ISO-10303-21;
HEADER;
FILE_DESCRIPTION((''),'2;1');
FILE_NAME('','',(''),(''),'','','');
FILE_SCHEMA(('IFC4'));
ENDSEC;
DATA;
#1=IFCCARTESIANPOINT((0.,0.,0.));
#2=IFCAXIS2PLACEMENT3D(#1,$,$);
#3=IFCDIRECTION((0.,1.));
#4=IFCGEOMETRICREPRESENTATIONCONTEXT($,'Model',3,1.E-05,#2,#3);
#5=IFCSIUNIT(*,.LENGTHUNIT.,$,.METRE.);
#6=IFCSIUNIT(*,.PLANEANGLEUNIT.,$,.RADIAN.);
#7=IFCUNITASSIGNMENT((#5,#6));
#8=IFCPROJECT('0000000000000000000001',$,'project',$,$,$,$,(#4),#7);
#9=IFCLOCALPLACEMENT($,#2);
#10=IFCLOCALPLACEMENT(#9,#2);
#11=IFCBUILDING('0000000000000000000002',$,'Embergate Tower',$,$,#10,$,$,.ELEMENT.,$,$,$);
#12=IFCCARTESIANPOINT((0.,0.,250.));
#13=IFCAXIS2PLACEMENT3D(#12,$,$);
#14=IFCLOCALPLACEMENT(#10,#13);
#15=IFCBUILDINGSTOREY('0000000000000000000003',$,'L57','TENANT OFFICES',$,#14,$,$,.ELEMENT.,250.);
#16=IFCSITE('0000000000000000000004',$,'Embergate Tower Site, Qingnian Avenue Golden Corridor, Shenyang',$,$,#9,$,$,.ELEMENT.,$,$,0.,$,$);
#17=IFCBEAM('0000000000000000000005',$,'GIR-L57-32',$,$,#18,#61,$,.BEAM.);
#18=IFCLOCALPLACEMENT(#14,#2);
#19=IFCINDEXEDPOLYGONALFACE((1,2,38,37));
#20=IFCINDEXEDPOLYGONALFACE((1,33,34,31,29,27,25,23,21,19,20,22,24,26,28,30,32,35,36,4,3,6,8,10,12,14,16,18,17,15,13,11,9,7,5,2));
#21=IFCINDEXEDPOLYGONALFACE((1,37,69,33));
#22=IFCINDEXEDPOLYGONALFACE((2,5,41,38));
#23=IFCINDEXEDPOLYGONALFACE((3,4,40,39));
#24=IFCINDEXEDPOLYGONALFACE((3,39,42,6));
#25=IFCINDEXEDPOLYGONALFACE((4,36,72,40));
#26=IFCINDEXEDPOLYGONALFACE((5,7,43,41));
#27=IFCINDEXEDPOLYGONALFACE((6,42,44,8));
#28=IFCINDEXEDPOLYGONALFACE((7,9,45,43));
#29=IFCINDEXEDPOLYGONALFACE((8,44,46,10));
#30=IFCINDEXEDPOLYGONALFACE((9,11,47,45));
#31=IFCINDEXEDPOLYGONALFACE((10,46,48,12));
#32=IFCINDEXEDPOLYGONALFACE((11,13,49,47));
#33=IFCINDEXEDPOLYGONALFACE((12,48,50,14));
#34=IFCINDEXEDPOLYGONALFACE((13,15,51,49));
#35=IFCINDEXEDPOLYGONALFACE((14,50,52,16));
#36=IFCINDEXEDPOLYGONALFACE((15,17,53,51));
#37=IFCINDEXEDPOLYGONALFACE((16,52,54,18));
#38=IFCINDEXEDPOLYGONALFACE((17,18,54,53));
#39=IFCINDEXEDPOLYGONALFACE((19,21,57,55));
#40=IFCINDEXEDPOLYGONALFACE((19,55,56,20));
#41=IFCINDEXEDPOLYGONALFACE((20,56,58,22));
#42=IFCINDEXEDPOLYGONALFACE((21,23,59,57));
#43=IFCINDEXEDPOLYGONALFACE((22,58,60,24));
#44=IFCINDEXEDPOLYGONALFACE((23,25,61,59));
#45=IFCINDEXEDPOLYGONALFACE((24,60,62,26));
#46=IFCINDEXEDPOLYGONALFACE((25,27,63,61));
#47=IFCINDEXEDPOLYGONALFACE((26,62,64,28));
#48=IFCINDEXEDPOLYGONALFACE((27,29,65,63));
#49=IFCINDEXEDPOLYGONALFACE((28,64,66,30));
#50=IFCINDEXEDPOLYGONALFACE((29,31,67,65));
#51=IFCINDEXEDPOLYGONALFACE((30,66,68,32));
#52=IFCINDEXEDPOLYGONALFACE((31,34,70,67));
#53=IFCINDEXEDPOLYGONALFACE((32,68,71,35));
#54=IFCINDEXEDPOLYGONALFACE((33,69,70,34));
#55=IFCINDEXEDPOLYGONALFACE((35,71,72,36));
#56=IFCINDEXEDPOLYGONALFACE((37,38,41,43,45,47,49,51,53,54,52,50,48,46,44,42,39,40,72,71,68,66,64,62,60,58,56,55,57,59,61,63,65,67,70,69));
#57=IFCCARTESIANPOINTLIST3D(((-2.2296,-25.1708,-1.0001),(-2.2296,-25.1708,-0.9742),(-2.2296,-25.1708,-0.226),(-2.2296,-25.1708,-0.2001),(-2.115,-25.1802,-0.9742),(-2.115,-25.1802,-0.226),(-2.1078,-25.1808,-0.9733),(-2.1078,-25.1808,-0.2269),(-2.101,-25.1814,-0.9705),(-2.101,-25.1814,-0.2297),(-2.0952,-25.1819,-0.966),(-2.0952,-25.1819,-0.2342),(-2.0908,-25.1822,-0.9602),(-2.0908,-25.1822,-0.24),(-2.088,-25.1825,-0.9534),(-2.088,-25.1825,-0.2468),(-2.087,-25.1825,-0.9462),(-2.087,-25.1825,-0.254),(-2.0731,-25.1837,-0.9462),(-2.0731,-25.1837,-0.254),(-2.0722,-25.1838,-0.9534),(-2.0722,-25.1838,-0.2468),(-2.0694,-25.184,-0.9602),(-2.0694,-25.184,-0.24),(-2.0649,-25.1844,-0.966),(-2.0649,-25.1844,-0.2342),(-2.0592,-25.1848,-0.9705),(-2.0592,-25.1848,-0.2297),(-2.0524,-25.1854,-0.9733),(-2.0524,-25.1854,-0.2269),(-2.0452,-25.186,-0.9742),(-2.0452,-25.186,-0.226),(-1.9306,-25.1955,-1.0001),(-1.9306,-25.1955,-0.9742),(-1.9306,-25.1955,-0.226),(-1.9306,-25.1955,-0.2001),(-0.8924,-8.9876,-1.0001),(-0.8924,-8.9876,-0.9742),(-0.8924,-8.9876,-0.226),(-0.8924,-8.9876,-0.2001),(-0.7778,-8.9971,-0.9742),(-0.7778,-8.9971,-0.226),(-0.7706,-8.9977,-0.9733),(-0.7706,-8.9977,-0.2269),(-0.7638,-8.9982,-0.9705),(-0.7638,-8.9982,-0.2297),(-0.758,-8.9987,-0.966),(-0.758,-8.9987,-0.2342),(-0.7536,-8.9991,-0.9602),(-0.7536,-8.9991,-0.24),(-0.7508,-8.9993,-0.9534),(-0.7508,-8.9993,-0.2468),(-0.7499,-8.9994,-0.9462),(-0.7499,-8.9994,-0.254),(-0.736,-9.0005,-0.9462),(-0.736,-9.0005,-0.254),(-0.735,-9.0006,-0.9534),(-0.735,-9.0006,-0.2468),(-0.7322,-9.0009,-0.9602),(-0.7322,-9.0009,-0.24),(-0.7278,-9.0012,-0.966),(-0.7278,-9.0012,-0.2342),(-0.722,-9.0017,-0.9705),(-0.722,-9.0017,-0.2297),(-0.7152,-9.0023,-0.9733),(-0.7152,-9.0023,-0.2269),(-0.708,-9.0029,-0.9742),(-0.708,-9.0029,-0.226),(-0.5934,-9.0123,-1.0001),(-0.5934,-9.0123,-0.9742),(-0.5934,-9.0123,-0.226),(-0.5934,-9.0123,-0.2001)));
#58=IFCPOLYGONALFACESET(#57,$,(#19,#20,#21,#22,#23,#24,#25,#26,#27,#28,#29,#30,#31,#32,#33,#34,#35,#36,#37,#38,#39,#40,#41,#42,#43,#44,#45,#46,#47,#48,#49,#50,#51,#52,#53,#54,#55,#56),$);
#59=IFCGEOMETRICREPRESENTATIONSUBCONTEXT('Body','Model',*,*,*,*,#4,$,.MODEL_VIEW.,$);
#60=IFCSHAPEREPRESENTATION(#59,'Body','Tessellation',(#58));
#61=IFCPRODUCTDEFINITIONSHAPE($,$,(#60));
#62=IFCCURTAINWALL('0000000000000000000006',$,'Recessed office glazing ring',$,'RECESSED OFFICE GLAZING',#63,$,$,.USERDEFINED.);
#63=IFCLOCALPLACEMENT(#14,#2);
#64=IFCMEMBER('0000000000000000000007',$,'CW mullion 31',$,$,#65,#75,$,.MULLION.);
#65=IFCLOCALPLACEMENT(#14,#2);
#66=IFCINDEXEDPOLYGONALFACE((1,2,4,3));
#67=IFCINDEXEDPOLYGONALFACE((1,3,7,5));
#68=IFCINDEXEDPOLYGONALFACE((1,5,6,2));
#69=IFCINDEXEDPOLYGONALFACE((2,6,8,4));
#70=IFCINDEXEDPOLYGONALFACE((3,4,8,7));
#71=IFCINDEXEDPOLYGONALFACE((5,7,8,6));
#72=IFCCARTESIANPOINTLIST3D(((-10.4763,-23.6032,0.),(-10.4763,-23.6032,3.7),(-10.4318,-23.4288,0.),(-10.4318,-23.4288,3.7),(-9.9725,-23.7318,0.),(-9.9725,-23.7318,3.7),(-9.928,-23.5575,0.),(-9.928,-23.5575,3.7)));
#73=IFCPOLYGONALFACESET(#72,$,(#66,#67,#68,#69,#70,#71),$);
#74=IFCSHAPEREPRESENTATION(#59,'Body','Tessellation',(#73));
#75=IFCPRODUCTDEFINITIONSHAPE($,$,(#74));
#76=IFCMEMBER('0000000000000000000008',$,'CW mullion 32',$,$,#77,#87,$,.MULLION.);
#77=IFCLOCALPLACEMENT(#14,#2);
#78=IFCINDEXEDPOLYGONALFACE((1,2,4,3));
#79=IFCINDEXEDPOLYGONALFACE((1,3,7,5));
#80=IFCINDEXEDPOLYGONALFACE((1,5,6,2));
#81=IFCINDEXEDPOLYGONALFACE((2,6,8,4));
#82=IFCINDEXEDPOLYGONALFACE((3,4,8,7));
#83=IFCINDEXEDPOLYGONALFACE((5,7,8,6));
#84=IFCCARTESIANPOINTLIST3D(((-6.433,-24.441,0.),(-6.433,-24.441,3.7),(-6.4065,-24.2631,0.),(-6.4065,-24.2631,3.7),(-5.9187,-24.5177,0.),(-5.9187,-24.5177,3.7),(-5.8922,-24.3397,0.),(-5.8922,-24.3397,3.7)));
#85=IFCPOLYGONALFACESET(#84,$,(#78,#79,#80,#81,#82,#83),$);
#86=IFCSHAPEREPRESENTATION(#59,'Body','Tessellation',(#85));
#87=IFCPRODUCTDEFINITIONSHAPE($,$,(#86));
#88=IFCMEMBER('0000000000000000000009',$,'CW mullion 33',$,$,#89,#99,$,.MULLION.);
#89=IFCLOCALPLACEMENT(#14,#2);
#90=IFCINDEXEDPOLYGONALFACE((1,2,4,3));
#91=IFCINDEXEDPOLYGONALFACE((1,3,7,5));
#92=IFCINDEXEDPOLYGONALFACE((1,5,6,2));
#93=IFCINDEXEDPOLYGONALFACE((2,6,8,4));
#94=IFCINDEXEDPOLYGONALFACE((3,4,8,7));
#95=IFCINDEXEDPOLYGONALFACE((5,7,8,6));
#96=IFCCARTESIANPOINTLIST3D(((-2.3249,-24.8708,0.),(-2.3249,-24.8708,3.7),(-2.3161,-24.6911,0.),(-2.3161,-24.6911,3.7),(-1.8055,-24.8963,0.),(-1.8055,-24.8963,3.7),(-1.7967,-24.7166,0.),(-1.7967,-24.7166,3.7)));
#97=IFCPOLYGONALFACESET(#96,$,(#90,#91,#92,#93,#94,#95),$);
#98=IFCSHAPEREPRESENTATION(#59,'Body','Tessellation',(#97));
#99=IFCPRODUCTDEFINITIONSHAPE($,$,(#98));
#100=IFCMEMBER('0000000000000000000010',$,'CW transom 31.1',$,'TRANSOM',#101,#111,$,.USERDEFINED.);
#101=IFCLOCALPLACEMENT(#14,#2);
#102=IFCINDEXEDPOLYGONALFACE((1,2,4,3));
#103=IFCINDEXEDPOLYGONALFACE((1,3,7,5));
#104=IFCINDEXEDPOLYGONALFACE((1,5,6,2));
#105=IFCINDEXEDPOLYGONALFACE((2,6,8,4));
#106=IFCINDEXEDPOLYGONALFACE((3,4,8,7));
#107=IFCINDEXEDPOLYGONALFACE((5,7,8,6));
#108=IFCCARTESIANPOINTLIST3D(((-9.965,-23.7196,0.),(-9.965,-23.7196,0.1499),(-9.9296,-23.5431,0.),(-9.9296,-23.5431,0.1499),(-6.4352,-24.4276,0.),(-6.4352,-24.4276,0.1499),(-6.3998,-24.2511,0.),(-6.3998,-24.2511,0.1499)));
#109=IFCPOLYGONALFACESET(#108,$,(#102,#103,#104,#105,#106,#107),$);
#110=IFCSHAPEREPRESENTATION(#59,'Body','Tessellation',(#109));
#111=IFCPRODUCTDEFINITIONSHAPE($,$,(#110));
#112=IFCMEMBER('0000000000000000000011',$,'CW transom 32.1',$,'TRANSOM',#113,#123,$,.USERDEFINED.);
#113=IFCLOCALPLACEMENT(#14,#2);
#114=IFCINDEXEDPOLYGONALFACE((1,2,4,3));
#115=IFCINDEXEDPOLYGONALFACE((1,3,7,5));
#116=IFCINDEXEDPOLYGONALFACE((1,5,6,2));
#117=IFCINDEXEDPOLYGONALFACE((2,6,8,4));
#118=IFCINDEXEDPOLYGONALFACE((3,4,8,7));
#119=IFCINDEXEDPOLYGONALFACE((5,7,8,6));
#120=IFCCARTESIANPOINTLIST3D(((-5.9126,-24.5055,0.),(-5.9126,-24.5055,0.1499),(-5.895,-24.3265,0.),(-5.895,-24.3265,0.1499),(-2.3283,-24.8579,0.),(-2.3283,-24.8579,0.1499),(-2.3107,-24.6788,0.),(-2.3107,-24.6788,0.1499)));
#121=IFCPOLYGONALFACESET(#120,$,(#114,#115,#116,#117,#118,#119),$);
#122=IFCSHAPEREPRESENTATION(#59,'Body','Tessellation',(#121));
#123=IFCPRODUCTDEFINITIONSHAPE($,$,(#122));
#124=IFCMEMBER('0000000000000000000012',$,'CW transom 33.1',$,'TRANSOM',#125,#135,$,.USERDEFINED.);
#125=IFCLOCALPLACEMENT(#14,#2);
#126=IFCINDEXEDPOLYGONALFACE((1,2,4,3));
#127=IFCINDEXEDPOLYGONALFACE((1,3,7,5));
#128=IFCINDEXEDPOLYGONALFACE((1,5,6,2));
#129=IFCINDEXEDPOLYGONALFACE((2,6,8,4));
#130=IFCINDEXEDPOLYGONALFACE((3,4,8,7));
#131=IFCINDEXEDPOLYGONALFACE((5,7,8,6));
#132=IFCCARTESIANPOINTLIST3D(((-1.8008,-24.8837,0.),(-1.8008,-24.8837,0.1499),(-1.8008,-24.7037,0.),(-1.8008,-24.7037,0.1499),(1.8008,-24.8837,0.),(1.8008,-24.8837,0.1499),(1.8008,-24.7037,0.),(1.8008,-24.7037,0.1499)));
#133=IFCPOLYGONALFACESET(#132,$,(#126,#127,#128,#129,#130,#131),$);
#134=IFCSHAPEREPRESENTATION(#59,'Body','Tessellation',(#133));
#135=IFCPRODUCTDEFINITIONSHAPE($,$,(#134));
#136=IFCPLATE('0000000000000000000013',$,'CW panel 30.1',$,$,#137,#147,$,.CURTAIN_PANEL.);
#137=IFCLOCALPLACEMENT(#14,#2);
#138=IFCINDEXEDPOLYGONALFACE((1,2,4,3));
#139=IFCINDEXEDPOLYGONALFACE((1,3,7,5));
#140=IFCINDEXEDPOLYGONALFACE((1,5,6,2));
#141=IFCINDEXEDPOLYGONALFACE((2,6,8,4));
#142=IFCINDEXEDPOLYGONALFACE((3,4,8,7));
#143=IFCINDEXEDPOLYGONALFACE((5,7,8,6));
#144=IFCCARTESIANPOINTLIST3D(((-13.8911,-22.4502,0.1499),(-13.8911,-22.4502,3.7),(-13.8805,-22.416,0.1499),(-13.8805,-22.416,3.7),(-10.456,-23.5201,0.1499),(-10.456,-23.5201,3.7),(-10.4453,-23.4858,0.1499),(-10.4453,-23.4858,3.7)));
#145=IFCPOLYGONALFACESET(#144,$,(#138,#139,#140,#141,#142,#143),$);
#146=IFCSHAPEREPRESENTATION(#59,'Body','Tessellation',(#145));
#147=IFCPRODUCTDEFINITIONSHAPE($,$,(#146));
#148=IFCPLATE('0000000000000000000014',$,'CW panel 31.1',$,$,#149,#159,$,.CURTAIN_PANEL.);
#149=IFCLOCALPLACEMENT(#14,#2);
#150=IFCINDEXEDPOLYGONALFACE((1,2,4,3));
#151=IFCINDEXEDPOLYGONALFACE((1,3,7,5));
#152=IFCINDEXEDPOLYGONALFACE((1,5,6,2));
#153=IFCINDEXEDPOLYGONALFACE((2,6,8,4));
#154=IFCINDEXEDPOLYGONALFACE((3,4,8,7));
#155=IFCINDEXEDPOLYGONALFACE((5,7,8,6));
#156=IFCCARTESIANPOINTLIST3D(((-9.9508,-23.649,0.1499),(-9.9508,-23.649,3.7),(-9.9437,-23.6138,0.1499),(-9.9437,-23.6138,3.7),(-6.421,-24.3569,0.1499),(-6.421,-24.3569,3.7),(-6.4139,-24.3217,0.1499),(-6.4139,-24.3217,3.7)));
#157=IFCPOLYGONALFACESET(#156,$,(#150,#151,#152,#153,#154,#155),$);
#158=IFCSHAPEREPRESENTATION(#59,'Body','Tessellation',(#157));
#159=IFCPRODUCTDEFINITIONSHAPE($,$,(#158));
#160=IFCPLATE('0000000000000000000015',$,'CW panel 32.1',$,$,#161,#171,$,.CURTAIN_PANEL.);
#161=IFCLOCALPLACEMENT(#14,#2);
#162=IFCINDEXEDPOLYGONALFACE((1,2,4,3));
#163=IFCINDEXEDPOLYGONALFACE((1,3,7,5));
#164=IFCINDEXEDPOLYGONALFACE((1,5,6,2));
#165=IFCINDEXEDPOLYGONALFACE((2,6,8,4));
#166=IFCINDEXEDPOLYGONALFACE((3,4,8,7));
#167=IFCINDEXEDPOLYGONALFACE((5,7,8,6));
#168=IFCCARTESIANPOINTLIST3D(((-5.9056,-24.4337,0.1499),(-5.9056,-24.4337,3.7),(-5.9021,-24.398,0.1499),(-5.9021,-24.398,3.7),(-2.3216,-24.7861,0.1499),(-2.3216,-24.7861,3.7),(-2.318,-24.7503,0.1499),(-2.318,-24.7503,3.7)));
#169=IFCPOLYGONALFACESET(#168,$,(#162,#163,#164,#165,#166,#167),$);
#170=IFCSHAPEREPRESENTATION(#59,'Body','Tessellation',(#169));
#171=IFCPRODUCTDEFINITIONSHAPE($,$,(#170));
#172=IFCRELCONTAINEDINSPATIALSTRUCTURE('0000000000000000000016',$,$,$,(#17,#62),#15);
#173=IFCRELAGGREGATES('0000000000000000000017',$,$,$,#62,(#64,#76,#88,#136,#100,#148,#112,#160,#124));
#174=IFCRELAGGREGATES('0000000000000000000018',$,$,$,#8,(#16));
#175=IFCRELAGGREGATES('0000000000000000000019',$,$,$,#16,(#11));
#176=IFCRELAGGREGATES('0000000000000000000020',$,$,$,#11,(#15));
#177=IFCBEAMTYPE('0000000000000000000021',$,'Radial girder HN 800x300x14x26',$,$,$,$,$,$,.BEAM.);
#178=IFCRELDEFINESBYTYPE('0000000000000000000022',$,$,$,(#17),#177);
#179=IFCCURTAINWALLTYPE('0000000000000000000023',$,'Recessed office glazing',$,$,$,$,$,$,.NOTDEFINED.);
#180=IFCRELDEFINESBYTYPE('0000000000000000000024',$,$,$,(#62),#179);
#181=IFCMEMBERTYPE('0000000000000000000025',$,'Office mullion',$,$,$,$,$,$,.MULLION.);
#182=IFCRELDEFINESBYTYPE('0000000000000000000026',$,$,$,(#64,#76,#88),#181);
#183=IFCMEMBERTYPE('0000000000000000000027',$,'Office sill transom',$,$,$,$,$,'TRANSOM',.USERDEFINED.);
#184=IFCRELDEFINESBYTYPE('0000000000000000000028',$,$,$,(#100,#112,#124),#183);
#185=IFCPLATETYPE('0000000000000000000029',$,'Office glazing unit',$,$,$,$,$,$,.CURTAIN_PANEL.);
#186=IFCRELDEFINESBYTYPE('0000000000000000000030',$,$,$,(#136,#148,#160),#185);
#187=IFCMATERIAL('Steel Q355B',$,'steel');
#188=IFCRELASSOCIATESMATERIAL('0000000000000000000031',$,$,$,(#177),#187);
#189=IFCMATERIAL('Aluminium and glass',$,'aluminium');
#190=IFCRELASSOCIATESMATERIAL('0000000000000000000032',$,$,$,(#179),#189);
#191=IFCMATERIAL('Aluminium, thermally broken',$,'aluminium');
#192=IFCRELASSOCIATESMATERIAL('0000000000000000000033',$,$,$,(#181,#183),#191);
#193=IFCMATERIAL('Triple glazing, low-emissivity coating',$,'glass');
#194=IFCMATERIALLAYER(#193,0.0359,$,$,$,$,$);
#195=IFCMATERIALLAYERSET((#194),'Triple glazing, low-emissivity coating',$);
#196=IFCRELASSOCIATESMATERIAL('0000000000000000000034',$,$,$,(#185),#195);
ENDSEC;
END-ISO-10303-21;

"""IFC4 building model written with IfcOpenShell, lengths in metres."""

from ifc_helpers import new_model, si_unit, direction, frame, origin, origin_2d, place, context, subcontext, project, spatial, rectangle, i_section, extrude, source, transform, mapped, material, layer, layer_set, material_profile, profile_set, type_object, element, aggregate, save


model = new_model("IFC4")

# Units and contexts
model_context = context("Model", 3, precision=1e-05, world=origin(), true_north=direction((0.0, 1.0)))
body_context = subcontext(model_context, "Body", "Model", "MODEL_VIEW")
ifc_project = project(units=[si_unit("LENGTHUNIT", "METRE"), si_unit("PLANEANGLEUNIT", "RADIAN")], contexts=[model_context])

# Site, building, storey
site_placement = place(None, origin())
site = spatial("IfcSite", under=ifc_project, at=site_placement, Name="Embergate Tower Site, Qingnian Avenue Golden Corridor, Shenyang", CompositionType="ELEMENT", RefElevation=0.0)
building_placement = place(site_placement, origin())
building = spatial("IfcBuilding", under=site, at=building_placement, Name="Embergate Tower", CompositionType="ELEMENT")
storey_placement = place(building_placement, frame((0.0, 0.0, 250.0)))
storey = spatial("IfcBuildingStorey", under=building, at=storey_placement, Name="L57", Description="TENANT OFFICES", CompositionType="ELEMENT", Elevation=250.0)

# Beam
ifc_material_1 = material(Name="Steel Q355B", Category="steel")
ifc_material_profile_1 = material_profile(ifc_material_1, i_section(OverallWidth=0.3, OverallDepth=0.8, WebThickness=0.0139, FlangeThickness=0.0259, FilletRadius=0.0281, at=origin_2d()), Name="HN 800x300x14x26")
ifc_profile_set_1 = profile_set([ifc_material_profile_1], Name="Steel Q355 grade B")
beam_type_1 = type_object("IfcBeamType", Name="Radial girder HN 800x300x14x26", PredefinedType="BEAM", material=ifc_profile_set_1)
shared_shape_1 = source(origin(), body_context, "Body", "SweptSolid", [
    extrude(i_section(OverallWidth=0.3, OverallDepth=0.8, WebThickness=0.0139, FlangeThickness=0.0259, FilletRadius=0.0281, at=origin_2d()), origin(), (0.0, 0.0, 1.0), 16.2383),
])
beam_1_placement = place(storey_placement, frame((-2.0801, -25.1831, -0.6001), z_axis=(0.082346, 0.996604, 0.0), x_axis=(-0.996604, 0.082346, 0.0)))
element("IfcBeam", 1, at=beam_1_placement, inside=storey, type_object=beam_type_1, Name="GIR-L57-32", PredefinedType="BEAM", context=body_context, shape_type="MappedRepresentation", body=[
    mapped(shared_shape_1, transform((0.0, 0.0, 0.0))),
])

# Curtain wall, members
ifc_material_2 = material(Name="Aluminium and glass", Category="aluminium")
curtain_wall_type = type_object("IfcCurtainWallType", Name="Recessed office glazing", PredefinedType="NOTDEFINED", material=ifc_material_2)
curtain_wall_placement = place(storey_placement, origin())
curtain_wall = element("IfcCurtainWall", 2, at=curtain_wall_placement, inside=storey, type_object=curtain_wall_type, Name="Recessed office glazing ring", ObjectType="RECESSED OFFICE GLAZING", PredefinedType="USERDEFINED")
ifc_material_3 = material(Name="Aluminium, thermally broken", Category="aluminium")
ifc_material_profile_2 = material_profile(ifc_material_3, rectangle(XDim=0.1799, YDim=0.52, at=origin_2d()), Name="AL 520x180")
ifc_profile_set_2 = profile_set([ifc_material_profile_2], Name="Aluminium, thermally broken")
member_type_1 = type_object("IfcMemberType", Name="Office mullion", PredefinedType="MULLION", material=ifc_profile_set_2)
shared_shape_2 = source(origin(), body_context, "Body", "SweptSolid", [
    extrude(rectangle(XDim=0.1799, YDim=0.52, at=origin_2d()), origin(), (0.0, 0.0, 1.0), 3.7),
])
member_1_placement = place(storey_placement, frame((-10.2021, -23.5803, 0.0), z_axis=(0.0, 0.0, 1.0), x_axis=(0.247312, 0.968936, 0.0)))
member_1 = element("IfcMember", 3, at=member_1_placement, type_object=member_type_1, Name="CW mullion 31", PredefinedType="MULLION", context=body_context, shape_type="MappedRepresentation", body=[
    mapped(shared_shape_2, transform((0.0, 0.0, 0.0))),
])
member_2_placement = place(storey_placement, frame((-6.1626, -24.3904, 0.0), z_axis=(0.0, 0.0, 1.0), x_axis=(0.147412, 0.989075, 0.0)))
member_2 = element("IfcMember", 4, at=member_2_placement, type_object=member_type_1, Name="CW mullion 32", PredefinedType="MULLION", context=body_context, shape_type="MappedRepresentation", body=[
    mapped(shared_shape_2, transform((0.0, 0.0, 0.0))),
])
member_3_placement = place(storey_placement, frame((-2.0608, -24.7937, 0.0), z_axis=(0.0, 0.0, 1.0), x_axis=(0.048972, 0.9988, 0.0)))
member_3 = element("IfcMember", 5, at=member_3_placement, type_object=member_type_1, Name="CW mullion 33", PredefinedType="MULLION", context=body_context, shape_type="MappedRepresentation", body=[
    mapped(shared_shape_2, transform((0.0, 0.0, 0.0))),
])
ifc_material_profile_3 = material_profile(ifc_material_3, rectangle(XDim=0.1799, YDim=0.1499, at=origin_2d()), Name="AL 150x180")
ifc_profile_set_3 = profile_set([ifc_material_profile_3], Name="Aluminium, thermally broken")
member_type_2 = type_object("IfcMemberType", Name="Office sill transom", ElementType="TRANSOM", PredefinedType="USERDEFINED", material=ifc_profile_set_3)
shared_shape_3 = source(origin(), body_context, "Body", "SweptSolid", [
    extrude(rectangle(XDim=0.1799, YDim=0.1499, at=origin_2d()), origin(), (0.0, 0.0, 1.0), 3.6001),
])
member_4_placement = place(storey_placement, frame((-9.9473, -23.6313, 0.075), z_axis=(0.980471, -0.196664, 0.0), x_axis=(0.196664, 0.980471, 0.0)))
member_4 = element("IfcMember", 6, at=member_4_placement, type_object=member_type_2, Name="CW transom 31.1", ObjectType="TRANSOM", PredefinedType="USERDEFINED", context=body_context, shape_type="MappedRepresentation", body=[
    mapped(shared_shape_3, transform((0.0, 0.0, 0.0))),
])
shared_shape_4 = source(origin(), body_context, "Body", "SweptSolid", [
    extrude(rectangle(XDim=0.1799, YDim=0.1499, at=origin_2d()), origin(), (0.0, 0.0, 1.0), 3.6016),
])
member_5_placement = place(storey_placement, frame((-5.9038, -24.416, 0.075), z_axis=(0.995204, -0.097819, 0.0), x_axis=(0.097819, 0.995204, 0.0)))
member_5 = element("IfcMember", 7, at=member_5_placement, type_object=member_type_2, Name="CW transom 32.1", ObjectType="TRANSOM", PredefinedType="USERDEFINED", context=body_context, shape_type="MappedRepresentation", body=[
    mapped(shared_shape_4, transform((0.0, 0.0, 0.0))),
])
member_6_placement = place(storey_placement, frame((-1.8008, -24.7937, 0.075), z_axis=(1.0, 0.0, 0.0), x_axis=(0.0, 1.0, 0.0)))
member_6 = element("IfcMember", 8, at=member_6_placement, type_object=member_type_2, Name="CW transom 33.1", ObjectType="TRANSOM", PredefinedType="USERDEFINED", context=body_context, shape_type="MappedRepresentation", body=[
    mapped(shared_shape_4, transform((0.0, 0.0, 0.0))),
])

# Plates
ifc_material_4 = material(Name="Triple glazing, low-emissivity coating", Category="glass")
ifc_layer_1 = layer(ifc_material_4, 0.0359)
ifc_layer_set_1 = layer_set([ifc_layer_1], Name="Triple glazing, low-emissivity coating")
plate_type = type_object("IfcPlateType", Name="Office glazing unit", PredefinedType="CURTAIN_PANEL", material=ifc_layer_set_1)
shared_shape_5 = source(origin(), body_context, "Body", "SweptSolid", [
    extrude(rectangle(XDim=3.5979, YDim=0.0359, at=origin_2d()), origin(), (0.0, 0.0, 1.0), 3.55),
])
plate_1_placement = place(storey_placement, frame((-12.1682, -22.968, 0.1499), z_axis=(0.0, 0.0, 1.0), x_axis=(0.954771, -0.297342, 0.0)))
plate_1 = element("IfcPlate", 9, at=plate_1_placement, type_object=plate_type, Name="CW panel 30.1", PredefinedType="CURTAIN_PANEL", context=body_context, shape_type="MappedRepresentation", body=[
    mapped(shared_shape_5, transform((0.0, 0.0, 0.0))),
])
shared_shape_6 = source(origin(), body_context, "Body", "SweptSolid", [
    extrude(rectangle(XDim=3.6001, YDim=0.0359, at=origin_2d()), origin(), (0.0, 0.0, 1.0), 3.55),
])
plate_2_placement = place(storey_placement, frame((-8.1824, -23.9854, 0.1499), z_axis=(0.0, 0.0, 1.0), x_axis=(0.980476, -0.196641, 0.0)))
plate_2 = element("IfcPlate", 10, at=plate_2_placement, type_object=plate_type, Name="CW panel 31.1", PredefinedType="CURTAIN_PANEL", context=body_context, shape_type="MappedRepresentation", body=[
    mapped(shared_shape_6, transform((0.0, 0.0, 0.0))),
])
shared_shape_7 = source(origin(), body_context, "Body", "SweptSolid", [
    extrude(rectangle(XDim=3.6013, YDim=0.0359, at=origin_2d()), origin(), (0.0, 0.0, 1.0), 3.55),
])
plate_3_placement = place(storey_placement, frame((-4.1118, -24.592, 0.1499), z_axis=(0.0, 0.0, 1.0), x_axis=(0.995203, -0.09783, 0.0)))
plate_3 = element("IfcPlate", 11, at=plate_3_placement, type_object=plate_type, Name="CW panel 32.1", PredefinedType="CURTAIN_PANEL", context=body_context, shape_type="MappedRepresentation", body=[
    mapped(shared_shape_7, transform((0.0, 0.0, 0.0))),
])
aggregate(curtain_wall, [member_1, member_2, member_3, plate_1, member_4, plate_2, member_5, plate_3, member_6])

save(model, "model.ifc")
